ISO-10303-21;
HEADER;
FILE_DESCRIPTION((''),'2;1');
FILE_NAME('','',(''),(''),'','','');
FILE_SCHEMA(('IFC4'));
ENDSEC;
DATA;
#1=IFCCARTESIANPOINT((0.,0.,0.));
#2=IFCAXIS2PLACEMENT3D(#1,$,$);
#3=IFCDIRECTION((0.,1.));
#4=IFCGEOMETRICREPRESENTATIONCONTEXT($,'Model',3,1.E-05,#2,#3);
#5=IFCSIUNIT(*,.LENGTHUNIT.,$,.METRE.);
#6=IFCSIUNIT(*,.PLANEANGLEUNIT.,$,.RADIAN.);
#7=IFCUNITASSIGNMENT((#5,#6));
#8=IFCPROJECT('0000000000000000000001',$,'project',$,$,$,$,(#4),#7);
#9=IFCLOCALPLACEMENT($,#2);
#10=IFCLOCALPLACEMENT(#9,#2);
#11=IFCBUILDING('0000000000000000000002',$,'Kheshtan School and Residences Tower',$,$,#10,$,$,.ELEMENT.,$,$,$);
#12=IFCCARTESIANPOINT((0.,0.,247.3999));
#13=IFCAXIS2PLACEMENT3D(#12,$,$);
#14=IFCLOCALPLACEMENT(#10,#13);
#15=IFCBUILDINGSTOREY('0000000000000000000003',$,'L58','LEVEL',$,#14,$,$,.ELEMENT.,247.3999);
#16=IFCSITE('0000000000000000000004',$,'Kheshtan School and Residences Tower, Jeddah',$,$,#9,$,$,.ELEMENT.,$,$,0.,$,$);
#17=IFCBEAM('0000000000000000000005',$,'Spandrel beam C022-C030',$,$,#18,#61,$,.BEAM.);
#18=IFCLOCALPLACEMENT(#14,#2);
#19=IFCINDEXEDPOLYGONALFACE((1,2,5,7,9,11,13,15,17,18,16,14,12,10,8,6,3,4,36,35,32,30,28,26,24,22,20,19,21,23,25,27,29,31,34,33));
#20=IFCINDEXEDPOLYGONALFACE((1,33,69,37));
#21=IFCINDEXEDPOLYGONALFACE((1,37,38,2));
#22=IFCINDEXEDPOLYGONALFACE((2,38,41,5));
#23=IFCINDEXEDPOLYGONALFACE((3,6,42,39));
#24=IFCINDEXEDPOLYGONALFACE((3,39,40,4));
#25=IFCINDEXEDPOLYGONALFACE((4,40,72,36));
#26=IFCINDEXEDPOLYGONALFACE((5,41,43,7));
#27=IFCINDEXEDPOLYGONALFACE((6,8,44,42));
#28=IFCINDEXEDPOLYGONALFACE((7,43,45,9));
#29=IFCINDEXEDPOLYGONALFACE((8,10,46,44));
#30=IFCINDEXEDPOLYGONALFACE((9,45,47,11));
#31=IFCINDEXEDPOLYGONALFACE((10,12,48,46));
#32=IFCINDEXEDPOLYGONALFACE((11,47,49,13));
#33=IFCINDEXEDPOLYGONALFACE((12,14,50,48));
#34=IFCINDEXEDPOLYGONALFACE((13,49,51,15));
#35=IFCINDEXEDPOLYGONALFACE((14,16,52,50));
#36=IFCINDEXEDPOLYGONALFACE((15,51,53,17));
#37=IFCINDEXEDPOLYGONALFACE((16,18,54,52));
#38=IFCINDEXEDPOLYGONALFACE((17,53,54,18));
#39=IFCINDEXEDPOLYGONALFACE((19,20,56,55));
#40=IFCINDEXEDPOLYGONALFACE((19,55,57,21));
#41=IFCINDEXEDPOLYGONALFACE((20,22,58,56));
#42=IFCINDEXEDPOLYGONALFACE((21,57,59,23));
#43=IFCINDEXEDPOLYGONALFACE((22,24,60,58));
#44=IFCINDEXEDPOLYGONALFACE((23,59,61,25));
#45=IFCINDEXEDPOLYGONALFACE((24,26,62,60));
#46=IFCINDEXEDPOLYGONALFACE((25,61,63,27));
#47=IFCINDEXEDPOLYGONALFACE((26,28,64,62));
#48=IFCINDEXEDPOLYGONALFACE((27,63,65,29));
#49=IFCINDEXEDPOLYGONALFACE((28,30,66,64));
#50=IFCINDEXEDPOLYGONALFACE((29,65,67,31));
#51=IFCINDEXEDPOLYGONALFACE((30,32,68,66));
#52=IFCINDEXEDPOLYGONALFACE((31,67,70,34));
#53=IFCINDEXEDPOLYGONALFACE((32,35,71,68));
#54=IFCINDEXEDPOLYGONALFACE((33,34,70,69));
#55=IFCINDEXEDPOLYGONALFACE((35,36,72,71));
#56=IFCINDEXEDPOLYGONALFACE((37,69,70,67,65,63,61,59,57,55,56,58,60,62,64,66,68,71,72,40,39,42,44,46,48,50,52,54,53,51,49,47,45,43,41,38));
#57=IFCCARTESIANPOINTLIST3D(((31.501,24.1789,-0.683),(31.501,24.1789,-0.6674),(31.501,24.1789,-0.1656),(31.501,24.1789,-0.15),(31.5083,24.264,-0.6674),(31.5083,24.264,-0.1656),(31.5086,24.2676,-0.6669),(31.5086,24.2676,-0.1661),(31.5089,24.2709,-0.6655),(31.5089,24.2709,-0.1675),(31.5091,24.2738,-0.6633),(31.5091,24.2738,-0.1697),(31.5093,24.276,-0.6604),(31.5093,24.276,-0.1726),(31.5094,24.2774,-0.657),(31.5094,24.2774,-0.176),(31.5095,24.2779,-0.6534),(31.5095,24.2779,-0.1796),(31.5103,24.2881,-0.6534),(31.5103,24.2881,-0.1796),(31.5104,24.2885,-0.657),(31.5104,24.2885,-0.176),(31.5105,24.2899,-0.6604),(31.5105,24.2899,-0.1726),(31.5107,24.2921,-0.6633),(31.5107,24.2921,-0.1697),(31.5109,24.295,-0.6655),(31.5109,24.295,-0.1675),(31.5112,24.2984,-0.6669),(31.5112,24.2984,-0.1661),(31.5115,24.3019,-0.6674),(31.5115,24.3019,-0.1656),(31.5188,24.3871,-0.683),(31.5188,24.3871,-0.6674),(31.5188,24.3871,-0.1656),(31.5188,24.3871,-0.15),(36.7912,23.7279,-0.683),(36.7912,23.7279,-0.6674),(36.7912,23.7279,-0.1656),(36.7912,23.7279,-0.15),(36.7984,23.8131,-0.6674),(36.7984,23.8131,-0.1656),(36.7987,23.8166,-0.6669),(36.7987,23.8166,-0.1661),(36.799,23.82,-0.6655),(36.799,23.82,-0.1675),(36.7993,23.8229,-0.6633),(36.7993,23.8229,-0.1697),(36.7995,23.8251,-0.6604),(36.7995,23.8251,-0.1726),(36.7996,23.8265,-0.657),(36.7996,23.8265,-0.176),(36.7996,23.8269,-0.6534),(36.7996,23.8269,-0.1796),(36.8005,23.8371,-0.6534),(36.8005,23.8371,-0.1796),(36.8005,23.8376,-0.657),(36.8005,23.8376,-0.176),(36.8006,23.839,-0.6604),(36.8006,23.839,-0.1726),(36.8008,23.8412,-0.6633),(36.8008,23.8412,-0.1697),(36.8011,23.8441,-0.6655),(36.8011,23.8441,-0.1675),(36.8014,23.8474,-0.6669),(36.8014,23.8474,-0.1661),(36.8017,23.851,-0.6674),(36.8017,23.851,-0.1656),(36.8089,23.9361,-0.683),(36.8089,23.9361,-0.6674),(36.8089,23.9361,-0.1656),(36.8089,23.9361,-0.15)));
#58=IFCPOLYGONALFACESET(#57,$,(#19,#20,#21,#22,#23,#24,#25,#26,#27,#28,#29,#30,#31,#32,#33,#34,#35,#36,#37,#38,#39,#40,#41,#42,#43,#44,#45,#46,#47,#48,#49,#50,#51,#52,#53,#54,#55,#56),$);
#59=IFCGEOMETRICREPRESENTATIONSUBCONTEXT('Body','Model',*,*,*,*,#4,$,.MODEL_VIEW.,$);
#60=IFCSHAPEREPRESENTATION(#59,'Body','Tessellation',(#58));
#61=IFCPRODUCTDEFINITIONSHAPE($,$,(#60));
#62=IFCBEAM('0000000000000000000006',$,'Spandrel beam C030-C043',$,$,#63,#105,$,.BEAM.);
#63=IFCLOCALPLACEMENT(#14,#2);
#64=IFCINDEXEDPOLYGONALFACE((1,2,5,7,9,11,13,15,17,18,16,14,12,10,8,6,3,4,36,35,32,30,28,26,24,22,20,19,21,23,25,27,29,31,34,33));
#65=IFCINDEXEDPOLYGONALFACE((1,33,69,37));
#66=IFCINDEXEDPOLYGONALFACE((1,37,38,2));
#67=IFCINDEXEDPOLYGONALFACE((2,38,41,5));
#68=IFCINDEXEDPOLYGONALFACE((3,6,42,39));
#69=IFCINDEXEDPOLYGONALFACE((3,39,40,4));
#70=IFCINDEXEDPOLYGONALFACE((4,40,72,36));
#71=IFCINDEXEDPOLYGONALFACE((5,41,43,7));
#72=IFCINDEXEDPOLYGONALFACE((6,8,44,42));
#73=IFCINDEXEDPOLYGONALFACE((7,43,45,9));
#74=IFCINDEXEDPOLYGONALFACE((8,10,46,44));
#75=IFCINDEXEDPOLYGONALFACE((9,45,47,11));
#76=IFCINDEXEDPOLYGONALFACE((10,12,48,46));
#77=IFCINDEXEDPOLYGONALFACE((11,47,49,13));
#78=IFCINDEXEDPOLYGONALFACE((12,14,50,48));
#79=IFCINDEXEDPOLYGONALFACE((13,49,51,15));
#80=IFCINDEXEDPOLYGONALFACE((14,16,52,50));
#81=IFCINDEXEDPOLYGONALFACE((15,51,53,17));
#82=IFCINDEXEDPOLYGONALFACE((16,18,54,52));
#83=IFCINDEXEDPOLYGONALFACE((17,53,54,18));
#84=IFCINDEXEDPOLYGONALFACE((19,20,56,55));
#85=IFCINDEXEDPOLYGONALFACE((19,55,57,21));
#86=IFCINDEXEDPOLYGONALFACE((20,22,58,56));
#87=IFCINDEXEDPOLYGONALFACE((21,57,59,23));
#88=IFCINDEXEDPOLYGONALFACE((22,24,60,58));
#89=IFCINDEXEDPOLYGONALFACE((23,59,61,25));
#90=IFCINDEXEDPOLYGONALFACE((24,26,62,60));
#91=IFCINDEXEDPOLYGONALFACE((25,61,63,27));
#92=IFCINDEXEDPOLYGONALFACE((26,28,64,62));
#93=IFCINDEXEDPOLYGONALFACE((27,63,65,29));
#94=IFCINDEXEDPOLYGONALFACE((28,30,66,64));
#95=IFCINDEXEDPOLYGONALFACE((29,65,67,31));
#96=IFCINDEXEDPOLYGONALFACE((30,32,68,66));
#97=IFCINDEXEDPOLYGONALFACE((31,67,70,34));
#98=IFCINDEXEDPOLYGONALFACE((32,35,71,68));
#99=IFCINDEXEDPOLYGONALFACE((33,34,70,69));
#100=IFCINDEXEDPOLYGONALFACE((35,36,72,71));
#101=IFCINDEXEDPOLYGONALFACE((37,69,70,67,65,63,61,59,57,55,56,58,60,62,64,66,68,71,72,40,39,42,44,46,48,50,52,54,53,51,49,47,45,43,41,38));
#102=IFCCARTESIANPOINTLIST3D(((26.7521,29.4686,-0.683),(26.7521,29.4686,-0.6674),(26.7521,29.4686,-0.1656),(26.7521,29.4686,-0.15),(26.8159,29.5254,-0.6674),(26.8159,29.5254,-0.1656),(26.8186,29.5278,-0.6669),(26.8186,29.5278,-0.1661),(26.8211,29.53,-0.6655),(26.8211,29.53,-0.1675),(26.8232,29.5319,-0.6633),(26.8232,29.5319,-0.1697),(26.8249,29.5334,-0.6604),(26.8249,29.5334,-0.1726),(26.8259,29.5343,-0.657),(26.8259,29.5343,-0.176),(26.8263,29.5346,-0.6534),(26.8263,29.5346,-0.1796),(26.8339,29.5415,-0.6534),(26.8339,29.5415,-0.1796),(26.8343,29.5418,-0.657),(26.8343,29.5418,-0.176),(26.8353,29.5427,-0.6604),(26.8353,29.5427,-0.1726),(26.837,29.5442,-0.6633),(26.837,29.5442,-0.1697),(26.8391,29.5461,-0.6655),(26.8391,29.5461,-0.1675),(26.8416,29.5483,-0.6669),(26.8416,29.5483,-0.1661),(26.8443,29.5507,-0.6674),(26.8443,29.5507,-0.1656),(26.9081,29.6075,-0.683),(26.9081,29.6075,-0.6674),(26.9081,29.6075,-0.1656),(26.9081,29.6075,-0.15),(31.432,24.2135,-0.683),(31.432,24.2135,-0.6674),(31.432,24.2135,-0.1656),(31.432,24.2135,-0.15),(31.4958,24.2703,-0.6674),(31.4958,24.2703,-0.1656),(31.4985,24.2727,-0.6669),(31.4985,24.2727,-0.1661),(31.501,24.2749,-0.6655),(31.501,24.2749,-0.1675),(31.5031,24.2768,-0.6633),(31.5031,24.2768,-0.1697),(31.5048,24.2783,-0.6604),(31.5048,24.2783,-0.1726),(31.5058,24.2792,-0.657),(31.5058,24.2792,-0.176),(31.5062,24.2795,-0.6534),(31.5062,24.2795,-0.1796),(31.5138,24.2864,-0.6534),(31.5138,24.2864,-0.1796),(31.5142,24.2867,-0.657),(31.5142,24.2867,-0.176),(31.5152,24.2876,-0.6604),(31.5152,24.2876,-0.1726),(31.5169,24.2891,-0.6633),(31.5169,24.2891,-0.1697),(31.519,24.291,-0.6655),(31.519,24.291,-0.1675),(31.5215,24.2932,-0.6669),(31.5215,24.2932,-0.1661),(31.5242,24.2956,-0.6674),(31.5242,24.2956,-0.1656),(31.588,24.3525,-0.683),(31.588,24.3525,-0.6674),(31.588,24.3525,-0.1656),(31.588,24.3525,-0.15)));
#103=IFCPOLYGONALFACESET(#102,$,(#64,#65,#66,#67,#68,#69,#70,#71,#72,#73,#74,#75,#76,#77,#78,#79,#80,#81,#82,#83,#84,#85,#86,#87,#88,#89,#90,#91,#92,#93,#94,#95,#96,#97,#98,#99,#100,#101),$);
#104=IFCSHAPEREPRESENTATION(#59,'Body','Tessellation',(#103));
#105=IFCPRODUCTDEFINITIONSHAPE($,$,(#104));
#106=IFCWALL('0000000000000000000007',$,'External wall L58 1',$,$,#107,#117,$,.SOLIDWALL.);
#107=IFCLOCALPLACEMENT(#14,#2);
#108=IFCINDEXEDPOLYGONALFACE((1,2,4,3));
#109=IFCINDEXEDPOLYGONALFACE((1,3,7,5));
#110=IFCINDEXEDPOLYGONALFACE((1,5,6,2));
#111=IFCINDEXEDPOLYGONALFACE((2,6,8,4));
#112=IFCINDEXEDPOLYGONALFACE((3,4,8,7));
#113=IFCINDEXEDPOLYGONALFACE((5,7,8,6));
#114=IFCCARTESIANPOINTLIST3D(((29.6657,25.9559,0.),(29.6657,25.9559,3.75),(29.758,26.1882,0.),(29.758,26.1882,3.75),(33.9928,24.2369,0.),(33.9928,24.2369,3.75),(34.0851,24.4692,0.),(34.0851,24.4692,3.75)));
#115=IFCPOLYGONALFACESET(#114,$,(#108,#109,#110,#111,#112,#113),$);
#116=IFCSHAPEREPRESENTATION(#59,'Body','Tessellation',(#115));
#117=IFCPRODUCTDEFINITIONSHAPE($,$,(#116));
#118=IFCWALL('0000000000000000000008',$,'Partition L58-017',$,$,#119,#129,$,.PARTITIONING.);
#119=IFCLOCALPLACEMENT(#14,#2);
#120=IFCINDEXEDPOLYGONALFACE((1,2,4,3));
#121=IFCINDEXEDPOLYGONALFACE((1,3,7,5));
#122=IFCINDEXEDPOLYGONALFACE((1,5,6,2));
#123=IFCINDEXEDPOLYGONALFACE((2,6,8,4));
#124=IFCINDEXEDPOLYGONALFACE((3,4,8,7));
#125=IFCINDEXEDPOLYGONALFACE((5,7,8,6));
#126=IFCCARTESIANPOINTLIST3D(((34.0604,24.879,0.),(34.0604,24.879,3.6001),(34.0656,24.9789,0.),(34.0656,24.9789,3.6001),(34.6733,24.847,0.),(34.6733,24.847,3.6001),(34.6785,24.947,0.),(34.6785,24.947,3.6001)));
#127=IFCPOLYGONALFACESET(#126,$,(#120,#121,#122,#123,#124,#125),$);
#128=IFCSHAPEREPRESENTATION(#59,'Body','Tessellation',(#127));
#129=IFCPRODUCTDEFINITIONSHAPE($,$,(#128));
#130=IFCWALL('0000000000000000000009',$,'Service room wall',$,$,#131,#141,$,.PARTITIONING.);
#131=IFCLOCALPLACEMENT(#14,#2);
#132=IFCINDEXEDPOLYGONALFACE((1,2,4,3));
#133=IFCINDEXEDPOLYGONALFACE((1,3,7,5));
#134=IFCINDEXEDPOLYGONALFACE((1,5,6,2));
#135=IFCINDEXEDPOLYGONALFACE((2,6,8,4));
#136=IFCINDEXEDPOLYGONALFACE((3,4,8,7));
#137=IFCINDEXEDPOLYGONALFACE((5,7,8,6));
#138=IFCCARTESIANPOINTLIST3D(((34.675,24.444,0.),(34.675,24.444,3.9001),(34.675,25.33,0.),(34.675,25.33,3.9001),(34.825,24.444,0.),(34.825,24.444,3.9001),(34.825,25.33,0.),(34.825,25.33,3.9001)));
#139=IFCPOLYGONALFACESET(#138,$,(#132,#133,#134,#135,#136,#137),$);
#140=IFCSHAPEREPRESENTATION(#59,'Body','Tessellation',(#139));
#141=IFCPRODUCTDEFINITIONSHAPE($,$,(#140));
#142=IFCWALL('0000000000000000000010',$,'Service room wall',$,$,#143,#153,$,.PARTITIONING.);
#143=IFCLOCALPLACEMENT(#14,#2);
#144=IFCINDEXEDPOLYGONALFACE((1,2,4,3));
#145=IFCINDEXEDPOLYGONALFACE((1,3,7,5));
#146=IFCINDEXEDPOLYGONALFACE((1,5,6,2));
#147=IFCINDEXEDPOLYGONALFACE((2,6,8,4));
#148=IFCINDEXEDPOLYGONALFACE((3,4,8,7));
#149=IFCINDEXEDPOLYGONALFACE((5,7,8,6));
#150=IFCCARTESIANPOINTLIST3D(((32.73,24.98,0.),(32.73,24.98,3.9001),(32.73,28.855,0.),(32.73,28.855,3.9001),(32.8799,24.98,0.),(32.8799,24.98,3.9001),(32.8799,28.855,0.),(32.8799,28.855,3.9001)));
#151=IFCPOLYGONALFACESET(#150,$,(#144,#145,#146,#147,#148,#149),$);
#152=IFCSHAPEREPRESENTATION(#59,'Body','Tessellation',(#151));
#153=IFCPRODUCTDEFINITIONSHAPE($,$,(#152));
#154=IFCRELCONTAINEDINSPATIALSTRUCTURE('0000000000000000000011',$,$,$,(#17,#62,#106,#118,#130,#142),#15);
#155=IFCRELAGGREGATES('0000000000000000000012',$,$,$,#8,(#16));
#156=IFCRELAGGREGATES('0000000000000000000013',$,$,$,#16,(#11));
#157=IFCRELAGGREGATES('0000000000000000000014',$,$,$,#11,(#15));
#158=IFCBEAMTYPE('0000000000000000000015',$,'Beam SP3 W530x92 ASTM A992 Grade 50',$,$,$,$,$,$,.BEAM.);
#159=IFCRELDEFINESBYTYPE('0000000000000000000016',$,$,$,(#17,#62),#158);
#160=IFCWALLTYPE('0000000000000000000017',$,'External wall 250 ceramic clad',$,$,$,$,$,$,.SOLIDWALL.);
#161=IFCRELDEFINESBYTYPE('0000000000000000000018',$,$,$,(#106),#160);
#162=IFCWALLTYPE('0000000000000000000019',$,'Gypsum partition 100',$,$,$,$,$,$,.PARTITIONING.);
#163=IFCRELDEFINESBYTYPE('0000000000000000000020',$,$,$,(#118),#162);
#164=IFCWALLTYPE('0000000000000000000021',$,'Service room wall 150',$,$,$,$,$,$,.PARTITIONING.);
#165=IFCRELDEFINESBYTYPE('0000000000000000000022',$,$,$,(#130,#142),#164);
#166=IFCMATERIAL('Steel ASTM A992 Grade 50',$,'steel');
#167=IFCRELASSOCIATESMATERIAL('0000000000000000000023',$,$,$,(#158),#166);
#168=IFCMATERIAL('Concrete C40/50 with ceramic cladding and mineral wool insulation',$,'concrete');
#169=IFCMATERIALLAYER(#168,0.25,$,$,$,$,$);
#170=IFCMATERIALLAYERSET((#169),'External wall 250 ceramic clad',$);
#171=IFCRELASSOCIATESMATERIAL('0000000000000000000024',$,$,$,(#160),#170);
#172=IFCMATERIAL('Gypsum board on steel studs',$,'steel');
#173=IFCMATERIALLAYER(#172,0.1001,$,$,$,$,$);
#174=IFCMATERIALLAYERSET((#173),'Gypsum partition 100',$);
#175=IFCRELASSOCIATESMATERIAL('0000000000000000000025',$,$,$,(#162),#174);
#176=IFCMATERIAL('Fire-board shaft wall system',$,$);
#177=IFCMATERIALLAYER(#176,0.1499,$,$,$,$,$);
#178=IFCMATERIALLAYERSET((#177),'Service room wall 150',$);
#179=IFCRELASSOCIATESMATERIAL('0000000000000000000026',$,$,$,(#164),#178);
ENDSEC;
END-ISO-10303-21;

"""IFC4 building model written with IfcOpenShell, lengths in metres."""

from ifc_helpers import new_model, si_unit, direction, frame, frame_2d, origin, origin_2d, place, context, subcontext, project, spatial, rectangle, i_section, extrude, material, layer, layer_set, material_profile, profile_set, type_object, element, save


model = new_model("IFC4")

# Units and contexts
model_context = context("Model", 3, precision=1e-05, world=origin(), true_north=direction((0.0, 1.0)))
body_context = subcontext(model_context, "Body", "Model", "MODEL_VIEW")
ifc_project = project(units=[si_unit("LENGTHUNIT", "METRE"), si_unit("PLANEANGLEUNIT", "RADIAN")], contexts=[model_context])

# Site, building, storey
site_placement = place(None, origin())
site = spatial("IfcSite", under=ifc_project, at=site_placement, Name="Kheshtan School and Residences Tower, Jeddah", CompositionType="ELEMENT", RefElevation=0.0)
building_placement = place(site_placement, origin())
building = spatial("IfcBuilding", under=site, at=building_placement, Name="Kheshtan School and Residences Tower", CompositionType="ELEMENT")
storey_placement = place(building_placement, frame((0.0, 0.0, 247.3999)))
storey = spatial("IfcBuildingStorey", under=building, at=storey_placement, Name="L58", Description="LEVEL", CompositionType="ELEMENT", Elevation=247.3999)

# Shared definitions
ifc_material_1 = material(Name="Steel ASTM A992 Grade 50", Category="steel")

# Beams
ifc_material_profile_1 = material_profile(ifc_material_1, i_section(OverallWidth=0.209, OverallDepth=0.533, WebThickness=0.0103, FlangeThickness=0.0156, FilletRadius=0.0139, at=origin_2d()), Name="W530x92")
ifc_profile_set_1 = profile_set([ifc_material_profile_1], Name="Steel ASTM A992 Grade 50")
beam_type_1 = type_object("IfcBeamType", Name="Beam SP3 W530x92 ASTM A992 Grade 50", PredefinedType="BEAM", material=ifc_profile_set_1)
beam_1_placement = place(storey_placement, frame((36.8, 23.832, -0.4165), z_axis=(-0.996387, 0.084933, 0.0), x_axis=(-0.084933, -0.996387, 0.0)))
element("IfcBeam", 1, at=beam_1_placement, inside=storey, type_object=beam_type_1, Name="Spandrel beam C022-C030", PredefinedType="BEAM", context=body_context, shape_type="SweptSolid", body=[
    extrude(i_section(OverallWidth=0.209, OverallDepth=0.533, WebThickness=0.0103, FlangeThickness=0.0156, FilletRadius=0.0139, at=origin_2d()), origin(), (0.0, 0.0, 1.0), 5.3093),
])
beam_2_placement = place(storey_placement, frame((31.51, 24.283, -0.4165), z_axis=(-0.665055, 0.746795, 0.0), x_axis=(-0.746795, -0.665055, 0.0)))
element("IfcBeam", 2, at=beam_2_placement, inside=storey, type_object=beam_type_1, Name="Spandrel beam C030-C043", PredefinedType="BEAM", context=body_context, shape_type="SweptSolid", body=[
    extrude(i_section(OverallWidth=0.209, OverallDepth=0.533, WebThickness=0.0103, FlangeThickness=0.0156, FilletRadius=0.0139, at=origin_2d()), origin(), (0.0, 0.0, 1.0), 7.0369),
])

# Walls
ifc_material_2 = material(Name="Concrete C40/50 with ceramic cladding and mineral wool insulation", Category="concrete")
ifc_layer_1 = layer(ifc_material_2, 0.25)
ifc_layer_set_1 = layer_set([ifc_layer_1], Name="External wall 250 ceramic clad")
wall_type_1 = type_object("IfcWallType", Name="External wall 250 ceramic clad", PredefinedType="SOLIDWALL", material=ifc_layer_set_1)
wall_1_placement = place(storey_placement, frame((34.0391, 24.353, 0.0), z_axis=(0.0, 0.0, 1.0), x_axis=(-0.929353, 0.369193, 0.0)))
element("IfcWall", 3, at=wall_1_placement, inside=storey, type_object=wall_type_1, Name="External wall L58 1", PredefinedType="SOLIDWALL", context=body_context, shape_type="SweptSolid", body=[
    extrude(rectangle(XDim=4.656, YDim=0.25, at=frame_2d((2.3281, 0.0))), origin(), (0.0, 0.0, 1.0), 3.75),
])
ifc_material_3 = material(Name="Gypsum board on steel studs", Category="steel")
ifc_layer_2 = layer(ifc_material_3, 0.1001)
ifc_layer_set_2 = layer_set([ifc_layer_2], Name="Gypsum partition 100")
wall_type_2 = type_object("IfcWallType", Name="Gypsum partition 100", PredefinedType="PARTITIONING", material=ifc_layer_set_2)
wall_2_placement = place(storey_placement, frame((34.063, 24.929, 0.0), z_axis=(0.0, 0.0, 1.0), x_axis=(0.998642, -0.0521, 0.0)))
element("IfcWall", 4, at=wall_2_placement, inside=storey, type_object=wall_type_2, Name="Partition L58-017", PredefinedType="PARTITIONING", context=body_context, shape_type="SweptSolid", body=[
    extrude(rectangle(XDim=0.6138, YDim=0.1001, at=frame_2d((0.3069, 0.0))), origin(), (0.0, 0.0, 1.0), 3.6001),
])
ifc_material_4 = material(Name="Fire-board shaft wall system")
ifc_layer_3 = layer(ifc_material_4, 0.1499)
ifc_layer_set_3 = layer_set([ifc_layer_3], Name="Service room wall 150")
wall_type_3 = type_object("IfcWallType", Name="Service room wall 150", PredefinedType="PARTITIONING", material=ifc_layer_set_3)
wall_3_placement = place(storey_placement, frame((34.75, 24.4441, 0.0), z_axis=(0.0, 0.0, 1.0), x_axis=(0.0, 1.0, 0.0)))
element("IfcWall", 5, at=wall_3_placement, inside=storey, type_object=wall_type_3, Name="Service room wall", PredefinedType="PARTITIONING", context=body_context, shape_type="SweptSolid", body=[
    extrude(rectangle(XDim=0.886, YDim=0.1499, at=frame_2d((0.4429, 0.0))), origin(), (0.0, 0.0, 1.0), 3.9001),
])
wall_4_placement = place(storey_placement, frame((32.8049, 24.98, 0.0), z_axis=(0.0, 0.0, 1.0), x_axis=(0.0, 1.0, 0.0)))
element("IfcWall", 6, at=wall_4_placement, inside=storey, type_object=wall_type_3, Name="Service room wall", PredefinedType="PARTITIONING", context=body_context, shape_type="SweptSolid", body=[
    extrude(rectangle(XDim=3.875, YDim=0.1499, at=frame_2d((1.9375, 0.0))), origin(), (0.0, 0.0, 1.0), 3.9001),
])

save(model, "model.ifc")
